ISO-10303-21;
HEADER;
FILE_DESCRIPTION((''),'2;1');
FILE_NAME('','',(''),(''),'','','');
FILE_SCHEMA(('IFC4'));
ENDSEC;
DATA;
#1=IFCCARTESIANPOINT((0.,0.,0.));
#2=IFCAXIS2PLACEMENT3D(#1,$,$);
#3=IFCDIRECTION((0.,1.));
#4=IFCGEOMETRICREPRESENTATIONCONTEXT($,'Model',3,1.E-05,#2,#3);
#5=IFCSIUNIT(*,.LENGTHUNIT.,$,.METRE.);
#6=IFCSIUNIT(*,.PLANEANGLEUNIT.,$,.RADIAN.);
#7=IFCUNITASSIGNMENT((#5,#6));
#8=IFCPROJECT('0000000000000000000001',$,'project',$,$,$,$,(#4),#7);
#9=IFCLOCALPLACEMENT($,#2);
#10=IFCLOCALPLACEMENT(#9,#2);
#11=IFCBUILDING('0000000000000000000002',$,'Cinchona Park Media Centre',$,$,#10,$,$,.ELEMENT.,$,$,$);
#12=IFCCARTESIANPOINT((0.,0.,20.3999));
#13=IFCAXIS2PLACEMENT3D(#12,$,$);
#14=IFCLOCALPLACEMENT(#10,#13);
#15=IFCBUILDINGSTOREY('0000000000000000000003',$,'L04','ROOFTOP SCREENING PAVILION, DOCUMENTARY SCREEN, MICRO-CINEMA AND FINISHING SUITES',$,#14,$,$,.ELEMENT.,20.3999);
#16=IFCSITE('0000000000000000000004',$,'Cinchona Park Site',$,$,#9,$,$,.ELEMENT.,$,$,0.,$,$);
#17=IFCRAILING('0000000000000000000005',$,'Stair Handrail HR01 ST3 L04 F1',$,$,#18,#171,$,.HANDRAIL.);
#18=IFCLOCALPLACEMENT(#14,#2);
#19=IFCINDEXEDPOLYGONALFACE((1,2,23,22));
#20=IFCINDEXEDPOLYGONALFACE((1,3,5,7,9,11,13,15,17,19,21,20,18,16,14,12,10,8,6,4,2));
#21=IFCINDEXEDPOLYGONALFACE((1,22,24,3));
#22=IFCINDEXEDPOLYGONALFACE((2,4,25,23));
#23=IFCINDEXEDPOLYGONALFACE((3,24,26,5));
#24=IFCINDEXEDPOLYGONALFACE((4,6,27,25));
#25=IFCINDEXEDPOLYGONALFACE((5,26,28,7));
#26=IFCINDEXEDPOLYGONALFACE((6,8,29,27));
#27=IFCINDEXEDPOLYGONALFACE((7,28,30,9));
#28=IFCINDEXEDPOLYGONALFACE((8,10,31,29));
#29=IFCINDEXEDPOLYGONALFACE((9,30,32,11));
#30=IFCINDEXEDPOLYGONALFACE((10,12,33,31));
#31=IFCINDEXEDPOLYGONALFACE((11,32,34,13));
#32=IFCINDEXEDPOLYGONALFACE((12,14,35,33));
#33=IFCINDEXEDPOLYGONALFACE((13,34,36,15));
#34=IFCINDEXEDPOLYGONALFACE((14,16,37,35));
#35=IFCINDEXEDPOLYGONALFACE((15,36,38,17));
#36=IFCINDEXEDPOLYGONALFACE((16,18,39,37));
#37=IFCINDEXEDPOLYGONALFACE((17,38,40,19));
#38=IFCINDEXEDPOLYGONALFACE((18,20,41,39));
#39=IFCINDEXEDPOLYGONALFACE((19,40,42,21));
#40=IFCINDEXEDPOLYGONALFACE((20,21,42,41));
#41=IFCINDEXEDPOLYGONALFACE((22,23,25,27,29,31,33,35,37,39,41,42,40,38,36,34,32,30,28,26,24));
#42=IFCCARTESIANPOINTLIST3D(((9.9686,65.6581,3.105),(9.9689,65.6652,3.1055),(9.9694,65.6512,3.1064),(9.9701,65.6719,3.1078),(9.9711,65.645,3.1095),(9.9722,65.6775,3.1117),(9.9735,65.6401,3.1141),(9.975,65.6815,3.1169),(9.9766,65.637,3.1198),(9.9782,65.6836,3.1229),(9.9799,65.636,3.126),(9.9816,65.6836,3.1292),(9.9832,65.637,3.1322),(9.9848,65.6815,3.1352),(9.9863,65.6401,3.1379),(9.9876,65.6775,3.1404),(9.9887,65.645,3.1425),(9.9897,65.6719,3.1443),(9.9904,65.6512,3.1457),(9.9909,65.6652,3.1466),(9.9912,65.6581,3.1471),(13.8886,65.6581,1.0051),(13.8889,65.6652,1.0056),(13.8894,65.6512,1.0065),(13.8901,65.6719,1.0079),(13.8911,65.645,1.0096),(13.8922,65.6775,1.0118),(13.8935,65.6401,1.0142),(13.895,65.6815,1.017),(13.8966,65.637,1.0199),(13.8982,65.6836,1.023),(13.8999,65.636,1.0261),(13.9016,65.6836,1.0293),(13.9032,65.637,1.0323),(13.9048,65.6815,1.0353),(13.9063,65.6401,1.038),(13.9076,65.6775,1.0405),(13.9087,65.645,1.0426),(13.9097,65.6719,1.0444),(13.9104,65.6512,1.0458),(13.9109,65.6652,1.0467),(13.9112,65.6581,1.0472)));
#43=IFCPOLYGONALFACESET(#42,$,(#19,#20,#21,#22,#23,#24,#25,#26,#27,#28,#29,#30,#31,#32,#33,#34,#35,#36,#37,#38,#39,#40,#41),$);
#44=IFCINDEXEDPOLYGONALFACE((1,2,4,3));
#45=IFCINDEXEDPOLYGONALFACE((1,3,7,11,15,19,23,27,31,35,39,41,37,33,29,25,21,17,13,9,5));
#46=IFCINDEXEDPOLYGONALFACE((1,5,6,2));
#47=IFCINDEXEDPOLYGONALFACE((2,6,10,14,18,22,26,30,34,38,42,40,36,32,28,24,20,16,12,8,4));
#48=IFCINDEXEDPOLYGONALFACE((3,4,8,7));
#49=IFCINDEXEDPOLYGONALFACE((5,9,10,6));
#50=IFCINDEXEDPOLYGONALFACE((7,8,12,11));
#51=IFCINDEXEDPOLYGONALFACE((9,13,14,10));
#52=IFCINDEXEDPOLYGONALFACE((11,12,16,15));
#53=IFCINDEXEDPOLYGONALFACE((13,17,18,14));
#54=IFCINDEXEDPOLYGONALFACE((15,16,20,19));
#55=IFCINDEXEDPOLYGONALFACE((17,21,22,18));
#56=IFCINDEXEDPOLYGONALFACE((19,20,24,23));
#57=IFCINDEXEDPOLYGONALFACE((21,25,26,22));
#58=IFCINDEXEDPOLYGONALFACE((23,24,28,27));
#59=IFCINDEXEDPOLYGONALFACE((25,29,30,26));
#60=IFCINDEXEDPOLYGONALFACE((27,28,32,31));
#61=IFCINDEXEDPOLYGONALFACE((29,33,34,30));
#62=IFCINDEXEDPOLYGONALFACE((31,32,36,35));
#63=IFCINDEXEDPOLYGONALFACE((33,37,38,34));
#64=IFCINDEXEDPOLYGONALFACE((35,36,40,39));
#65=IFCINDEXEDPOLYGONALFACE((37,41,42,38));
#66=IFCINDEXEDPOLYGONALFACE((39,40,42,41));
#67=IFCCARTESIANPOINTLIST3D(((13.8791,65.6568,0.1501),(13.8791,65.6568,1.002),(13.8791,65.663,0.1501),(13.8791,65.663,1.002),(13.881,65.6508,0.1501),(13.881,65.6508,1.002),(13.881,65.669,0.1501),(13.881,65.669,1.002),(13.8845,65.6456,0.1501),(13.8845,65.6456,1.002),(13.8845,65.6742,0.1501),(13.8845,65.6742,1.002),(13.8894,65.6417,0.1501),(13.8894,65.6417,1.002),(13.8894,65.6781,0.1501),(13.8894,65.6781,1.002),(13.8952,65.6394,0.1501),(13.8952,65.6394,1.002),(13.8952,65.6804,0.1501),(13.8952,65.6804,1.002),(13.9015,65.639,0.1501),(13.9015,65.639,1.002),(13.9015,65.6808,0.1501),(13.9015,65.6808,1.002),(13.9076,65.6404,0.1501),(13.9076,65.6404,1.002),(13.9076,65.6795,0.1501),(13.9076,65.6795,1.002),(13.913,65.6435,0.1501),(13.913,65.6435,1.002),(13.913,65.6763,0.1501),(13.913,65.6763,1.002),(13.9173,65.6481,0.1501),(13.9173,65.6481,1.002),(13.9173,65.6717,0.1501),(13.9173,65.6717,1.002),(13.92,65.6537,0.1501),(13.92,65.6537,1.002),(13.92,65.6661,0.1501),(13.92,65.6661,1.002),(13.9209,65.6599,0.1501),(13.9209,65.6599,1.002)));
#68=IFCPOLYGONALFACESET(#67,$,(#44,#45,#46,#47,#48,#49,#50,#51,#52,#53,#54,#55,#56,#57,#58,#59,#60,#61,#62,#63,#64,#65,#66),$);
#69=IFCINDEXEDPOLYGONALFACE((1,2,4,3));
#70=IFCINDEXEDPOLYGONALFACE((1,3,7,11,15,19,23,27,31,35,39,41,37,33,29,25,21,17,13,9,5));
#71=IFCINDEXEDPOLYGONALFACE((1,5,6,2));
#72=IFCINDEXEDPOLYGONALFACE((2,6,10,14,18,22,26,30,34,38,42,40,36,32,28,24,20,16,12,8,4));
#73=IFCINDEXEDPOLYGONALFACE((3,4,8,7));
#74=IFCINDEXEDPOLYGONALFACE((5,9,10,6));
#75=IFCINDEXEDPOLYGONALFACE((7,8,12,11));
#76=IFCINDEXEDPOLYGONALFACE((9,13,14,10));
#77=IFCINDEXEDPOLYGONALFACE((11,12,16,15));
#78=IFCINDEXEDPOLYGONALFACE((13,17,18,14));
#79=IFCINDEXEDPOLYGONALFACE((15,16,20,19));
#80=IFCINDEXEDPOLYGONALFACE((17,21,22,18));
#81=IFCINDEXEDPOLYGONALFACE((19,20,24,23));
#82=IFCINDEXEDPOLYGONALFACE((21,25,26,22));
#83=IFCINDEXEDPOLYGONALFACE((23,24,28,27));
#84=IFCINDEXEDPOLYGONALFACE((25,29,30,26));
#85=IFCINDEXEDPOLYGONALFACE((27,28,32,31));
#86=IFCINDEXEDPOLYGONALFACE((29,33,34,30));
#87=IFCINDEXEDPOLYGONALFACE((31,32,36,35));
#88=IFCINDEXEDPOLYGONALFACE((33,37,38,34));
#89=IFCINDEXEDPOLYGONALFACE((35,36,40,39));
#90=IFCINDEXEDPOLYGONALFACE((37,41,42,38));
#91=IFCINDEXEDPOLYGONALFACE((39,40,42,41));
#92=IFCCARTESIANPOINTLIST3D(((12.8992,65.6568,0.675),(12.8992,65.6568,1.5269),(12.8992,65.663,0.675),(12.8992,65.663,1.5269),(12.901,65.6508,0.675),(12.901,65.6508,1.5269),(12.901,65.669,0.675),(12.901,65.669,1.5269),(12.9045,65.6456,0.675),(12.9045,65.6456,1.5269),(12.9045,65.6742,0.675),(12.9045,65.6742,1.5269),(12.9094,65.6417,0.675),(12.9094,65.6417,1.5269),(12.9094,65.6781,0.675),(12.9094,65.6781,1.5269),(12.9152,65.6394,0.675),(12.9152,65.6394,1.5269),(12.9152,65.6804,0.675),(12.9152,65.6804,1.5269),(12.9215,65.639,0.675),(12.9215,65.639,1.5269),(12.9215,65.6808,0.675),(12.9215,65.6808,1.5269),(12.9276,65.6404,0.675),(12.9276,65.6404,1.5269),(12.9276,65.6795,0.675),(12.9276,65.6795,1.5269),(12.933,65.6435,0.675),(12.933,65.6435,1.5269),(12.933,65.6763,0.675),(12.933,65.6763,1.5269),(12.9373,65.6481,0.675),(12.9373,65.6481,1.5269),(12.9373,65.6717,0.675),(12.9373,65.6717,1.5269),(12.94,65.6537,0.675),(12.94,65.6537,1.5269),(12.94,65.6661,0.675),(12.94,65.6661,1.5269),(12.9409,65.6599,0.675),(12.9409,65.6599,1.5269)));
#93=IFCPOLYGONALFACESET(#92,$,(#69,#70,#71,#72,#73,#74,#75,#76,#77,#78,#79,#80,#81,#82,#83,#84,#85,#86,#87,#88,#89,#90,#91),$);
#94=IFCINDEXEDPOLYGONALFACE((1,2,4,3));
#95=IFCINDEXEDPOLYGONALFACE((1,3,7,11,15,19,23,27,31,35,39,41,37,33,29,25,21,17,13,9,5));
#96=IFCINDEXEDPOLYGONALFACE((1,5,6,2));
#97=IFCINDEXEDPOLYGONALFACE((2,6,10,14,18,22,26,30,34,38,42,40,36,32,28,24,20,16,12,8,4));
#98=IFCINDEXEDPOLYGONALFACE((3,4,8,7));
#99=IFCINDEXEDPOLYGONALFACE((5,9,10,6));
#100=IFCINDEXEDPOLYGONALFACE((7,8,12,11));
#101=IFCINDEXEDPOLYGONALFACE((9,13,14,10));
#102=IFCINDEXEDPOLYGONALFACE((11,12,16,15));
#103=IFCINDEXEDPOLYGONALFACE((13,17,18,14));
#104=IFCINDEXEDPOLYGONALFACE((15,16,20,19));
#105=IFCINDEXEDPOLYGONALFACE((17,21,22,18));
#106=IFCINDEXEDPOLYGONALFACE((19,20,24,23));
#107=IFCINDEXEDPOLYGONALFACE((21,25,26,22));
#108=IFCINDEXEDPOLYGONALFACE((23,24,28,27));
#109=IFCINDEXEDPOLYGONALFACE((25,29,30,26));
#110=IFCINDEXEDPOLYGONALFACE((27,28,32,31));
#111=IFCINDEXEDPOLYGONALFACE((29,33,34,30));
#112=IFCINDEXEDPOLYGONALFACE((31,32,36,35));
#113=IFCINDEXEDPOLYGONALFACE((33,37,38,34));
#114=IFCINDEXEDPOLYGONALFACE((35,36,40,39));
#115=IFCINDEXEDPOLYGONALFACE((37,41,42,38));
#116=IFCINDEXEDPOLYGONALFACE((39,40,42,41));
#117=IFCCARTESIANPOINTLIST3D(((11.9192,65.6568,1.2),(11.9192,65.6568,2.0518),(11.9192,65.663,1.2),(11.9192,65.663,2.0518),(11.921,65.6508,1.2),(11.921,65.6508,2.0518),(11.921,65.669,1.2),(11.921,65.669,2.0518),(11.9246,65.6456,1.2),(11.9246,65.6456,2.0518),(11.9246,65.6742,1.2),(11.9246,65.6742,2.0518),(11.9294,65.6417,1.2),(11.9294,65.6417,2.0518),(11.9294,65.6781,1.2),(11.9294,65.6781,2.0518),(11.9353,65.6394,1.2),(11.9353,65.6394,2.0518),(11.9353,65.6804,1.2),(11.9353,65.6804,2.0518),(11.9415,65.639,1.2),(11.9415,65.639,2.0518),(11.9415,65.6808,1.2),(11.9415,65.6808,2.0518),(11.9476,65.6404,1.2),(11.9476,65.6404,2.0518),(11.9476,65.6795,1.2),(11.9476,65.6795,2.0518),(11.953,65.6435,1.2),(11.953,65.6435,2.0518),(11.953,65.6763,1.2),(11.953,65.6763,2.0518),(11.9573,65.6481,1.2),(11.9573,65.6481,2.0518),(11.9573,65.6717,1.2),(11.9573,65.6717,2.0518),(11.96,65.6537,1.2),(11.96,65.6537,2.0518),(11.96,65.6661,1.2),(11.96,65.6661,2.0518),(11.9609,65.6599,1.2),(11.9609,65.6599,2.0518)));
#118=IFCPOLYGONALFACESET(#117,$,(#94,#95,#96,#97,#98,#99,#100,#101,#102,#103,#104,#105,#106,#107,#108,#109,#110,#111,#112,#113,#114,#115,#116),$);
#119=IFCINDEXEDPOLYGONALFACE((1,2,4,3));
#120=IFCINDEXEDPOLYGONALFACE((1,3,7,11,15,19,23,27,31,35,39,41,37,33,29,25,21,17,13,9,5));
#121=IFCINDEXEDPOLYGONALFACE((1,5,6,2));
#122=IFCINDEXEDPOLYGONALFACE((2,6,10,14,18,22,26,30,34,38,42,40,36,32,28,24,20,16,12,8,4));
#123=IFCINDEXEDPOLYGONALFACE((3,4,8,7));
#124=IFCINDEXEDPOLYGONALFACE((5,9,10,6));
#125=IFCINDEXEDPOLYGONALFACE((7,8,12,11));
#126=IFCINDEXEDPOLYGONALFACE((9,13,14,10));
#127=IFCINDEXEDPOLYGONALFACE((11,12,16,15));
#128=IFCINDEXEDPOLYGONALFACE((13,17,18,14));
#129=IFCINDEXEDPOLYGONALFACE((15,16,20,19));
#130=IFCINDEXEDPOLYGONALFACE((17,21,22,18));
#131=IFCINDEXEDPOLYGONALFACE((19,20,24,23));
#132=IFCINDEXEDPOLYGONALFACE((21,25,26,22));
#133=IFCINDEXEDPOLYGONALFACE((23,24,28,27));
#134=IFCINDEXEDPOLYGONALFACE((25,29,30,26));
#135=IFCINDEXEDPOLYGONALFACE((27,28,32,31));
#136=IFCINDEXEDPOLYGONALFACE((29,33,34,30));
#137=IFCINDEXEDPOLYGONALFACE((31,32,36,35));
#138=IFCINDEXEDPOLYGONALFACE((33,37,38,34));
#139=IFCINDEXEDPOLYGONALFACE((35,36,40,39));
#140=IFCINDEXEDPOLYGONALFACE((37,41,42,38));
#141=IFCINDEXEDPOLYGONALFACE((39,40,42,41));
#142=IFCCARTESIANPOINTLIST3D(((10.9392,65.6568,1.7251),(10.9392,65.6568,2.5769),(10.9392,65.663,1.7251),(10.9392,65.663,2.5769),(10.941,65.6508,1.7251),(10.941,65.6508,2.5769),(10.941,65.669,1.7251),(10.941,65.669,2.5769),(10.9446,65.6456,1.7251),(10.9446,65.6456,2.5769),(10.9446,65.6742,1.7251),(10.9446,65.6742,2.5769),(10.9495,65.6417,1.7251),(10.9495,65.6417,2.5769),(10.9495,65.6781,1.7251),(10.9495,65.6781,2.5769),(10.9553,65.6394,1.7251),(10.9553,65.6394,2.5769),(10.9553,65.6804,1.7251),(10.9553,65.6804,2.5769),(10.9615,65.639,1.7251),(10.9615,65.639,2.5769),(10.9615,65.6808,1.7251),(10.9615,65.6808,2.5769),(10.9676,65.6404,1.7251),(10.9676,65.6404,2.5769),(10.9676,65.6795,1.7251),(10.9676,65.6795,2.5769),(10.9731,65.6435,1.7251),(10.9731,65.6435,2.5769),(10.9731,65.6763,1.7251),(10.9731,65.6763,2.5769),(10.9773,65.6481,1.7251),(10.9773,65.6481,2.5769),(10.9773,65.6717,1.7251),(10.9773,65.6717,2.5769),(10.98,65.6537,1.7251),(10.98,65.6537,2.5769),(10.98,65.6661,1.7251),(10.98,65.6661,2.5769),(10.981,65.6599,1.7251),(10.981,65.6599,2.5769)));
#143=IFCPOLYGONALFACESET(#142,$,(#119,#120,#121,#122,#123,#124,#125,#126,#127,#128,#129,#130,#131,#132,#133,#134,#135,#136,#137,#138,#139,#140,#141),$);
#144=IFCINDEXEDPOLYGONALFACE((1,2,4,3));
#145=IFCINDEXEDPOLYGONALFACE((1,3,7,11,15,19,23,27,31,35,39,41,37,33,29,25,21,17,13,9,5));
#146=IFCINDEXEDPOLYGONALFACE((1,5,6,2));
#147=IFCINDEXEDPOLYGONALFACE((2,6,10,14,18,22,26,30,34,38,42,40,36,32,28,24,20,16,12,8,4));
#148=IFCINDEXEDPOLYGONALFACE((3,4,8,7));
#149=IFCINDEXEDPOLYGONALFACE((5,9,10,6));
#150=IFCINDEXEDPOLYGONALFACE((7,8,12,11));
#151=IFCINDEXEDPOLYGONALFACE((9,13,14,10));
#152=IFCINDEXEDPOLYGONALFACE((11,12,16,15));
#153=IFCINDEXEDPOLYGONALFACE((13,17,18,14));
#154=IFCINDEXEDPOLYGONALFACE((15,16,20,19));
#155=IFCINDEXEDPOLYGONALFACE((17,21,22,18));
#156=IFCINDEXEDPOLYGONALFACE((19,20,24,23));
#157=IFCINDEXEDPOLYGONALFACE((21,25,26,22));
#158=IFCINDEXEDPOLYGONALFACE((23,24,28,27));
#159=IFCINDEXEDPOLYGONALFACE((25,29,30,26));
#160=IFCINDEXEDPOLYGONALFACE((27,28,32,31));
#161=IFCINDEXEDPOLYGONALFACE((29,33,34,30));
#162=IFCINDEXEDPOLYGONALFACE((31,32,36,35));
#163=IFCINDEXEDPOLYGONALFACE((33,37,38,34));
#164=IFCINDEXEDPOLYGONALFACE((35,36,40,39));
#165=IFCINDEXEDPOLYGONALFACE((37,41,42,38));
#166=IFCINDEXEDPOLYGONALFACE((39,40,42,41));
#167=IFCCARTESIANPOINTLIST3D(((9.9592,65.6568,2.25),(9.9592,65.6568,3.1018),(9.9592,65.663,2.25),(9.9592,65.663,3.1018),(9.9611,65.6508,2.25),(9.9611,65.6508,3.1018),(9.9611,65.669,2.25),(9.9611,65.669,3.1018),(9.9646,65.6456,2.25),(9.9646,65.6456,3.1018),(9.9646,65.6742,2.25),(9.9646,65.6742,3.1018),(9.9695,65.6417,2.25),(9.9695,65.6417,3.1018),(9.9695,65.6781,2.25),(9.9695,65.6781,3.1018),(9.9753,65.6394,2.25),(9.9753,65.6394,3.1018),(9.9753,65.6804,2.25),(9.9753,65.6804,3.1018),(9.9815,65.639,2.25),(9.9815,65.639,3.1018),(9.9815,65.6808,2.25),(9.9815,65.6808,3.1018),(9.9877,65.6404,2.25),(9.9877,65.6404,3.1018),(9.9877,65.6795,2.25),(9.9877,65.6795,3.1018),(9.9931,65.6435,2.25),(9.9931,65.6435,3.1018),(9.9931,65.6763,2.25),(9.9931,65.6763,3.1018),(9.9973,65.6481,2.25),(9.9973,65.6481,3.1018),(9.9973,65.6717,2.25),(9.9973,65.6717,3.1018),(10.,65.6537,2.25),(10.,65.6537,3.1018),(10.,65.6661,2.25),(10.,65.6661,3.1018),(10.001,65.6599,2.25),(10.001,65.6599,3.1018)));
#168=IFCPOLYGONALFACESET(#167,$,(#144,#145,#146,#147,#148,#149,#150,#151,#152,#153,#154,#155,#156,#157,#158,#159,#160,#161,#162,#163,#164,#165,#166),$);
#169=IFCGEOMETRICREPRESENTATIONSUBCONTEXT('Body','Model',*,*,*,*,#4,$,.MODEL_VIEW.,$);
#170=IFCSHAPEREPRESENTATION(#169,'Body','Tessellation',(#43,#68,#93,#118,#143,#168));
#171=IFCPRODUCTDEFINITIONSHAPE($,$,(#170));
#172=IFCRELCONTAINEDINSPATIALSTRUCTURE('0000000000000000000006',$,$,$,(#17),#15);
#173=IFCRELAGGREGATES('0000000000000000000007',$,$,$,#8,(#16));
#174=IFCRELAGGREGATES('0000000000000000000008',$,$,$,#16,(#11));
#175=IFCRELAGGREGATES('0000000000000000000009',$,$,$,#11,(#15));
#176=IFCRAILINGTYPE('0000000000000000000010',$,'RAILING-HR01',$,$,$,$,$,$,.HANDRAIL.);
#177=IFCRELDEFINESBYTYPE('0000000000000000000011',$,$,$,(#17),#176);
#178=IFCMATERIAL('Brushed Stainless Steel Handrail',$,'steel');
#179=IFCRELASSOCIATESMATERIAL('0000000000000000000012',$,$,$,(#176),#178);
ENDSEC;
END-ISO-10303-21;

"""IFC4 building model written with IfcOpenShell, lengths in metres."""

from ifc_helpers import new_model, si_unit, direction, frame, origin, origin_2d, place, context, subcontext, project, spatial, circle, extrude, material, type_object, element, save


model = new_model("IFC4")

# Units and contexts
model_context = context("Model", 3, precision=1e-05, world=origin(), true_north=direction((0.0, 1.0)))
body_context = subcontext(model_context, "Body", "Model", "MODEL_VIEW")
ifc_project = project(units=[si_unit("LENGTHUNIT", "METRE"), si_unit("PLANEANGLEUNIT", "RADIAN")], contexts=[model_context])

# Site, building, storey
site_placement = place(None, origin())
site = spatial("IfcSite", under=ifc_project, at=site_placement, Name="Cinchona Park Site", CompositionType="ELEMENT", RefElevation=0.0)
building_placement = place(site_placement, origin())
building = spatial("IfcBuilding", under=site, at=building_placement, Name="Cinchona Park Media Centre", CompositionType="ELEMENT")
storey_placement = place(building_placement, frame((0.0, 0.0, 20.3999)))
storey = spatial("IfcBuildingStorey", under=building, at=storey_placement, Name="L04", Description="ROOFTOP SCREENING PAVILION, DOCUMENTARY SCREEN, MICRO-CINEMA AND FINISHING SUITES", CompositionType="ELEMENT", Elevation=20.3999)

# Railing
ifc_material_1 = material(Name="Brushed Stainless Steel Handrail", Category="steel")
railing_type_1 = type_object("IfcRailingType", Name="RAILING-HR01", PredefinedType="HANDRAIL", material=ifc_material_1)
railing_1_placement = place(storey_placement, frame((13.8999, 65.6599, 0.1501)))
element("IfcRailing", 1, at=railing_1_placement, inside=storey, type_object=railing_type_1, Name="Stair Handrail HR01 ST3 L04 F1", PredefinedType="HANDRAIL", context=body_context, shape_type="SweptSolid", body=[
    extrude(circle(Radius=0.0239, at=origin_2d()), frame((0.0, 0.0, 0.876), z_axis=(-0.88149, 0.0, 0.472203), x_axis=(0.0, -1.0, 0.0)), (0.0, 0.0, 1.0), 4.447),
    extrude(circle(Radius=0.021, at=origin_2d()), origin(), (0.0, 0.0, 1.0), 0.8518),
    extrude(circle(Radius=0.021, at=origin_2d()), frame((-0.98, 0.0, 0.5249)), (0.0, 0.0, 1.0), 0.8518),
    extrude(circle(Radius=0.021, at=origin_2d()), frame((-1.96, 0.0, 1.0498)), (0.0, 0.0, 1.0), 0.8518),
    extrude(circle(Radius=0.021, at=origin_2d()), frame((-2.9399, 0.0, 1.575)), (0.0, 0.0, 1.0), 0.8518),
    extrude(circle(Radius=0.021, at=origin_2d()), frame((-3.9199, 0.0, 2.0999)), (0.0, 0.0, 1.0), 0.8518),
])

save(model, "model.ifc")
